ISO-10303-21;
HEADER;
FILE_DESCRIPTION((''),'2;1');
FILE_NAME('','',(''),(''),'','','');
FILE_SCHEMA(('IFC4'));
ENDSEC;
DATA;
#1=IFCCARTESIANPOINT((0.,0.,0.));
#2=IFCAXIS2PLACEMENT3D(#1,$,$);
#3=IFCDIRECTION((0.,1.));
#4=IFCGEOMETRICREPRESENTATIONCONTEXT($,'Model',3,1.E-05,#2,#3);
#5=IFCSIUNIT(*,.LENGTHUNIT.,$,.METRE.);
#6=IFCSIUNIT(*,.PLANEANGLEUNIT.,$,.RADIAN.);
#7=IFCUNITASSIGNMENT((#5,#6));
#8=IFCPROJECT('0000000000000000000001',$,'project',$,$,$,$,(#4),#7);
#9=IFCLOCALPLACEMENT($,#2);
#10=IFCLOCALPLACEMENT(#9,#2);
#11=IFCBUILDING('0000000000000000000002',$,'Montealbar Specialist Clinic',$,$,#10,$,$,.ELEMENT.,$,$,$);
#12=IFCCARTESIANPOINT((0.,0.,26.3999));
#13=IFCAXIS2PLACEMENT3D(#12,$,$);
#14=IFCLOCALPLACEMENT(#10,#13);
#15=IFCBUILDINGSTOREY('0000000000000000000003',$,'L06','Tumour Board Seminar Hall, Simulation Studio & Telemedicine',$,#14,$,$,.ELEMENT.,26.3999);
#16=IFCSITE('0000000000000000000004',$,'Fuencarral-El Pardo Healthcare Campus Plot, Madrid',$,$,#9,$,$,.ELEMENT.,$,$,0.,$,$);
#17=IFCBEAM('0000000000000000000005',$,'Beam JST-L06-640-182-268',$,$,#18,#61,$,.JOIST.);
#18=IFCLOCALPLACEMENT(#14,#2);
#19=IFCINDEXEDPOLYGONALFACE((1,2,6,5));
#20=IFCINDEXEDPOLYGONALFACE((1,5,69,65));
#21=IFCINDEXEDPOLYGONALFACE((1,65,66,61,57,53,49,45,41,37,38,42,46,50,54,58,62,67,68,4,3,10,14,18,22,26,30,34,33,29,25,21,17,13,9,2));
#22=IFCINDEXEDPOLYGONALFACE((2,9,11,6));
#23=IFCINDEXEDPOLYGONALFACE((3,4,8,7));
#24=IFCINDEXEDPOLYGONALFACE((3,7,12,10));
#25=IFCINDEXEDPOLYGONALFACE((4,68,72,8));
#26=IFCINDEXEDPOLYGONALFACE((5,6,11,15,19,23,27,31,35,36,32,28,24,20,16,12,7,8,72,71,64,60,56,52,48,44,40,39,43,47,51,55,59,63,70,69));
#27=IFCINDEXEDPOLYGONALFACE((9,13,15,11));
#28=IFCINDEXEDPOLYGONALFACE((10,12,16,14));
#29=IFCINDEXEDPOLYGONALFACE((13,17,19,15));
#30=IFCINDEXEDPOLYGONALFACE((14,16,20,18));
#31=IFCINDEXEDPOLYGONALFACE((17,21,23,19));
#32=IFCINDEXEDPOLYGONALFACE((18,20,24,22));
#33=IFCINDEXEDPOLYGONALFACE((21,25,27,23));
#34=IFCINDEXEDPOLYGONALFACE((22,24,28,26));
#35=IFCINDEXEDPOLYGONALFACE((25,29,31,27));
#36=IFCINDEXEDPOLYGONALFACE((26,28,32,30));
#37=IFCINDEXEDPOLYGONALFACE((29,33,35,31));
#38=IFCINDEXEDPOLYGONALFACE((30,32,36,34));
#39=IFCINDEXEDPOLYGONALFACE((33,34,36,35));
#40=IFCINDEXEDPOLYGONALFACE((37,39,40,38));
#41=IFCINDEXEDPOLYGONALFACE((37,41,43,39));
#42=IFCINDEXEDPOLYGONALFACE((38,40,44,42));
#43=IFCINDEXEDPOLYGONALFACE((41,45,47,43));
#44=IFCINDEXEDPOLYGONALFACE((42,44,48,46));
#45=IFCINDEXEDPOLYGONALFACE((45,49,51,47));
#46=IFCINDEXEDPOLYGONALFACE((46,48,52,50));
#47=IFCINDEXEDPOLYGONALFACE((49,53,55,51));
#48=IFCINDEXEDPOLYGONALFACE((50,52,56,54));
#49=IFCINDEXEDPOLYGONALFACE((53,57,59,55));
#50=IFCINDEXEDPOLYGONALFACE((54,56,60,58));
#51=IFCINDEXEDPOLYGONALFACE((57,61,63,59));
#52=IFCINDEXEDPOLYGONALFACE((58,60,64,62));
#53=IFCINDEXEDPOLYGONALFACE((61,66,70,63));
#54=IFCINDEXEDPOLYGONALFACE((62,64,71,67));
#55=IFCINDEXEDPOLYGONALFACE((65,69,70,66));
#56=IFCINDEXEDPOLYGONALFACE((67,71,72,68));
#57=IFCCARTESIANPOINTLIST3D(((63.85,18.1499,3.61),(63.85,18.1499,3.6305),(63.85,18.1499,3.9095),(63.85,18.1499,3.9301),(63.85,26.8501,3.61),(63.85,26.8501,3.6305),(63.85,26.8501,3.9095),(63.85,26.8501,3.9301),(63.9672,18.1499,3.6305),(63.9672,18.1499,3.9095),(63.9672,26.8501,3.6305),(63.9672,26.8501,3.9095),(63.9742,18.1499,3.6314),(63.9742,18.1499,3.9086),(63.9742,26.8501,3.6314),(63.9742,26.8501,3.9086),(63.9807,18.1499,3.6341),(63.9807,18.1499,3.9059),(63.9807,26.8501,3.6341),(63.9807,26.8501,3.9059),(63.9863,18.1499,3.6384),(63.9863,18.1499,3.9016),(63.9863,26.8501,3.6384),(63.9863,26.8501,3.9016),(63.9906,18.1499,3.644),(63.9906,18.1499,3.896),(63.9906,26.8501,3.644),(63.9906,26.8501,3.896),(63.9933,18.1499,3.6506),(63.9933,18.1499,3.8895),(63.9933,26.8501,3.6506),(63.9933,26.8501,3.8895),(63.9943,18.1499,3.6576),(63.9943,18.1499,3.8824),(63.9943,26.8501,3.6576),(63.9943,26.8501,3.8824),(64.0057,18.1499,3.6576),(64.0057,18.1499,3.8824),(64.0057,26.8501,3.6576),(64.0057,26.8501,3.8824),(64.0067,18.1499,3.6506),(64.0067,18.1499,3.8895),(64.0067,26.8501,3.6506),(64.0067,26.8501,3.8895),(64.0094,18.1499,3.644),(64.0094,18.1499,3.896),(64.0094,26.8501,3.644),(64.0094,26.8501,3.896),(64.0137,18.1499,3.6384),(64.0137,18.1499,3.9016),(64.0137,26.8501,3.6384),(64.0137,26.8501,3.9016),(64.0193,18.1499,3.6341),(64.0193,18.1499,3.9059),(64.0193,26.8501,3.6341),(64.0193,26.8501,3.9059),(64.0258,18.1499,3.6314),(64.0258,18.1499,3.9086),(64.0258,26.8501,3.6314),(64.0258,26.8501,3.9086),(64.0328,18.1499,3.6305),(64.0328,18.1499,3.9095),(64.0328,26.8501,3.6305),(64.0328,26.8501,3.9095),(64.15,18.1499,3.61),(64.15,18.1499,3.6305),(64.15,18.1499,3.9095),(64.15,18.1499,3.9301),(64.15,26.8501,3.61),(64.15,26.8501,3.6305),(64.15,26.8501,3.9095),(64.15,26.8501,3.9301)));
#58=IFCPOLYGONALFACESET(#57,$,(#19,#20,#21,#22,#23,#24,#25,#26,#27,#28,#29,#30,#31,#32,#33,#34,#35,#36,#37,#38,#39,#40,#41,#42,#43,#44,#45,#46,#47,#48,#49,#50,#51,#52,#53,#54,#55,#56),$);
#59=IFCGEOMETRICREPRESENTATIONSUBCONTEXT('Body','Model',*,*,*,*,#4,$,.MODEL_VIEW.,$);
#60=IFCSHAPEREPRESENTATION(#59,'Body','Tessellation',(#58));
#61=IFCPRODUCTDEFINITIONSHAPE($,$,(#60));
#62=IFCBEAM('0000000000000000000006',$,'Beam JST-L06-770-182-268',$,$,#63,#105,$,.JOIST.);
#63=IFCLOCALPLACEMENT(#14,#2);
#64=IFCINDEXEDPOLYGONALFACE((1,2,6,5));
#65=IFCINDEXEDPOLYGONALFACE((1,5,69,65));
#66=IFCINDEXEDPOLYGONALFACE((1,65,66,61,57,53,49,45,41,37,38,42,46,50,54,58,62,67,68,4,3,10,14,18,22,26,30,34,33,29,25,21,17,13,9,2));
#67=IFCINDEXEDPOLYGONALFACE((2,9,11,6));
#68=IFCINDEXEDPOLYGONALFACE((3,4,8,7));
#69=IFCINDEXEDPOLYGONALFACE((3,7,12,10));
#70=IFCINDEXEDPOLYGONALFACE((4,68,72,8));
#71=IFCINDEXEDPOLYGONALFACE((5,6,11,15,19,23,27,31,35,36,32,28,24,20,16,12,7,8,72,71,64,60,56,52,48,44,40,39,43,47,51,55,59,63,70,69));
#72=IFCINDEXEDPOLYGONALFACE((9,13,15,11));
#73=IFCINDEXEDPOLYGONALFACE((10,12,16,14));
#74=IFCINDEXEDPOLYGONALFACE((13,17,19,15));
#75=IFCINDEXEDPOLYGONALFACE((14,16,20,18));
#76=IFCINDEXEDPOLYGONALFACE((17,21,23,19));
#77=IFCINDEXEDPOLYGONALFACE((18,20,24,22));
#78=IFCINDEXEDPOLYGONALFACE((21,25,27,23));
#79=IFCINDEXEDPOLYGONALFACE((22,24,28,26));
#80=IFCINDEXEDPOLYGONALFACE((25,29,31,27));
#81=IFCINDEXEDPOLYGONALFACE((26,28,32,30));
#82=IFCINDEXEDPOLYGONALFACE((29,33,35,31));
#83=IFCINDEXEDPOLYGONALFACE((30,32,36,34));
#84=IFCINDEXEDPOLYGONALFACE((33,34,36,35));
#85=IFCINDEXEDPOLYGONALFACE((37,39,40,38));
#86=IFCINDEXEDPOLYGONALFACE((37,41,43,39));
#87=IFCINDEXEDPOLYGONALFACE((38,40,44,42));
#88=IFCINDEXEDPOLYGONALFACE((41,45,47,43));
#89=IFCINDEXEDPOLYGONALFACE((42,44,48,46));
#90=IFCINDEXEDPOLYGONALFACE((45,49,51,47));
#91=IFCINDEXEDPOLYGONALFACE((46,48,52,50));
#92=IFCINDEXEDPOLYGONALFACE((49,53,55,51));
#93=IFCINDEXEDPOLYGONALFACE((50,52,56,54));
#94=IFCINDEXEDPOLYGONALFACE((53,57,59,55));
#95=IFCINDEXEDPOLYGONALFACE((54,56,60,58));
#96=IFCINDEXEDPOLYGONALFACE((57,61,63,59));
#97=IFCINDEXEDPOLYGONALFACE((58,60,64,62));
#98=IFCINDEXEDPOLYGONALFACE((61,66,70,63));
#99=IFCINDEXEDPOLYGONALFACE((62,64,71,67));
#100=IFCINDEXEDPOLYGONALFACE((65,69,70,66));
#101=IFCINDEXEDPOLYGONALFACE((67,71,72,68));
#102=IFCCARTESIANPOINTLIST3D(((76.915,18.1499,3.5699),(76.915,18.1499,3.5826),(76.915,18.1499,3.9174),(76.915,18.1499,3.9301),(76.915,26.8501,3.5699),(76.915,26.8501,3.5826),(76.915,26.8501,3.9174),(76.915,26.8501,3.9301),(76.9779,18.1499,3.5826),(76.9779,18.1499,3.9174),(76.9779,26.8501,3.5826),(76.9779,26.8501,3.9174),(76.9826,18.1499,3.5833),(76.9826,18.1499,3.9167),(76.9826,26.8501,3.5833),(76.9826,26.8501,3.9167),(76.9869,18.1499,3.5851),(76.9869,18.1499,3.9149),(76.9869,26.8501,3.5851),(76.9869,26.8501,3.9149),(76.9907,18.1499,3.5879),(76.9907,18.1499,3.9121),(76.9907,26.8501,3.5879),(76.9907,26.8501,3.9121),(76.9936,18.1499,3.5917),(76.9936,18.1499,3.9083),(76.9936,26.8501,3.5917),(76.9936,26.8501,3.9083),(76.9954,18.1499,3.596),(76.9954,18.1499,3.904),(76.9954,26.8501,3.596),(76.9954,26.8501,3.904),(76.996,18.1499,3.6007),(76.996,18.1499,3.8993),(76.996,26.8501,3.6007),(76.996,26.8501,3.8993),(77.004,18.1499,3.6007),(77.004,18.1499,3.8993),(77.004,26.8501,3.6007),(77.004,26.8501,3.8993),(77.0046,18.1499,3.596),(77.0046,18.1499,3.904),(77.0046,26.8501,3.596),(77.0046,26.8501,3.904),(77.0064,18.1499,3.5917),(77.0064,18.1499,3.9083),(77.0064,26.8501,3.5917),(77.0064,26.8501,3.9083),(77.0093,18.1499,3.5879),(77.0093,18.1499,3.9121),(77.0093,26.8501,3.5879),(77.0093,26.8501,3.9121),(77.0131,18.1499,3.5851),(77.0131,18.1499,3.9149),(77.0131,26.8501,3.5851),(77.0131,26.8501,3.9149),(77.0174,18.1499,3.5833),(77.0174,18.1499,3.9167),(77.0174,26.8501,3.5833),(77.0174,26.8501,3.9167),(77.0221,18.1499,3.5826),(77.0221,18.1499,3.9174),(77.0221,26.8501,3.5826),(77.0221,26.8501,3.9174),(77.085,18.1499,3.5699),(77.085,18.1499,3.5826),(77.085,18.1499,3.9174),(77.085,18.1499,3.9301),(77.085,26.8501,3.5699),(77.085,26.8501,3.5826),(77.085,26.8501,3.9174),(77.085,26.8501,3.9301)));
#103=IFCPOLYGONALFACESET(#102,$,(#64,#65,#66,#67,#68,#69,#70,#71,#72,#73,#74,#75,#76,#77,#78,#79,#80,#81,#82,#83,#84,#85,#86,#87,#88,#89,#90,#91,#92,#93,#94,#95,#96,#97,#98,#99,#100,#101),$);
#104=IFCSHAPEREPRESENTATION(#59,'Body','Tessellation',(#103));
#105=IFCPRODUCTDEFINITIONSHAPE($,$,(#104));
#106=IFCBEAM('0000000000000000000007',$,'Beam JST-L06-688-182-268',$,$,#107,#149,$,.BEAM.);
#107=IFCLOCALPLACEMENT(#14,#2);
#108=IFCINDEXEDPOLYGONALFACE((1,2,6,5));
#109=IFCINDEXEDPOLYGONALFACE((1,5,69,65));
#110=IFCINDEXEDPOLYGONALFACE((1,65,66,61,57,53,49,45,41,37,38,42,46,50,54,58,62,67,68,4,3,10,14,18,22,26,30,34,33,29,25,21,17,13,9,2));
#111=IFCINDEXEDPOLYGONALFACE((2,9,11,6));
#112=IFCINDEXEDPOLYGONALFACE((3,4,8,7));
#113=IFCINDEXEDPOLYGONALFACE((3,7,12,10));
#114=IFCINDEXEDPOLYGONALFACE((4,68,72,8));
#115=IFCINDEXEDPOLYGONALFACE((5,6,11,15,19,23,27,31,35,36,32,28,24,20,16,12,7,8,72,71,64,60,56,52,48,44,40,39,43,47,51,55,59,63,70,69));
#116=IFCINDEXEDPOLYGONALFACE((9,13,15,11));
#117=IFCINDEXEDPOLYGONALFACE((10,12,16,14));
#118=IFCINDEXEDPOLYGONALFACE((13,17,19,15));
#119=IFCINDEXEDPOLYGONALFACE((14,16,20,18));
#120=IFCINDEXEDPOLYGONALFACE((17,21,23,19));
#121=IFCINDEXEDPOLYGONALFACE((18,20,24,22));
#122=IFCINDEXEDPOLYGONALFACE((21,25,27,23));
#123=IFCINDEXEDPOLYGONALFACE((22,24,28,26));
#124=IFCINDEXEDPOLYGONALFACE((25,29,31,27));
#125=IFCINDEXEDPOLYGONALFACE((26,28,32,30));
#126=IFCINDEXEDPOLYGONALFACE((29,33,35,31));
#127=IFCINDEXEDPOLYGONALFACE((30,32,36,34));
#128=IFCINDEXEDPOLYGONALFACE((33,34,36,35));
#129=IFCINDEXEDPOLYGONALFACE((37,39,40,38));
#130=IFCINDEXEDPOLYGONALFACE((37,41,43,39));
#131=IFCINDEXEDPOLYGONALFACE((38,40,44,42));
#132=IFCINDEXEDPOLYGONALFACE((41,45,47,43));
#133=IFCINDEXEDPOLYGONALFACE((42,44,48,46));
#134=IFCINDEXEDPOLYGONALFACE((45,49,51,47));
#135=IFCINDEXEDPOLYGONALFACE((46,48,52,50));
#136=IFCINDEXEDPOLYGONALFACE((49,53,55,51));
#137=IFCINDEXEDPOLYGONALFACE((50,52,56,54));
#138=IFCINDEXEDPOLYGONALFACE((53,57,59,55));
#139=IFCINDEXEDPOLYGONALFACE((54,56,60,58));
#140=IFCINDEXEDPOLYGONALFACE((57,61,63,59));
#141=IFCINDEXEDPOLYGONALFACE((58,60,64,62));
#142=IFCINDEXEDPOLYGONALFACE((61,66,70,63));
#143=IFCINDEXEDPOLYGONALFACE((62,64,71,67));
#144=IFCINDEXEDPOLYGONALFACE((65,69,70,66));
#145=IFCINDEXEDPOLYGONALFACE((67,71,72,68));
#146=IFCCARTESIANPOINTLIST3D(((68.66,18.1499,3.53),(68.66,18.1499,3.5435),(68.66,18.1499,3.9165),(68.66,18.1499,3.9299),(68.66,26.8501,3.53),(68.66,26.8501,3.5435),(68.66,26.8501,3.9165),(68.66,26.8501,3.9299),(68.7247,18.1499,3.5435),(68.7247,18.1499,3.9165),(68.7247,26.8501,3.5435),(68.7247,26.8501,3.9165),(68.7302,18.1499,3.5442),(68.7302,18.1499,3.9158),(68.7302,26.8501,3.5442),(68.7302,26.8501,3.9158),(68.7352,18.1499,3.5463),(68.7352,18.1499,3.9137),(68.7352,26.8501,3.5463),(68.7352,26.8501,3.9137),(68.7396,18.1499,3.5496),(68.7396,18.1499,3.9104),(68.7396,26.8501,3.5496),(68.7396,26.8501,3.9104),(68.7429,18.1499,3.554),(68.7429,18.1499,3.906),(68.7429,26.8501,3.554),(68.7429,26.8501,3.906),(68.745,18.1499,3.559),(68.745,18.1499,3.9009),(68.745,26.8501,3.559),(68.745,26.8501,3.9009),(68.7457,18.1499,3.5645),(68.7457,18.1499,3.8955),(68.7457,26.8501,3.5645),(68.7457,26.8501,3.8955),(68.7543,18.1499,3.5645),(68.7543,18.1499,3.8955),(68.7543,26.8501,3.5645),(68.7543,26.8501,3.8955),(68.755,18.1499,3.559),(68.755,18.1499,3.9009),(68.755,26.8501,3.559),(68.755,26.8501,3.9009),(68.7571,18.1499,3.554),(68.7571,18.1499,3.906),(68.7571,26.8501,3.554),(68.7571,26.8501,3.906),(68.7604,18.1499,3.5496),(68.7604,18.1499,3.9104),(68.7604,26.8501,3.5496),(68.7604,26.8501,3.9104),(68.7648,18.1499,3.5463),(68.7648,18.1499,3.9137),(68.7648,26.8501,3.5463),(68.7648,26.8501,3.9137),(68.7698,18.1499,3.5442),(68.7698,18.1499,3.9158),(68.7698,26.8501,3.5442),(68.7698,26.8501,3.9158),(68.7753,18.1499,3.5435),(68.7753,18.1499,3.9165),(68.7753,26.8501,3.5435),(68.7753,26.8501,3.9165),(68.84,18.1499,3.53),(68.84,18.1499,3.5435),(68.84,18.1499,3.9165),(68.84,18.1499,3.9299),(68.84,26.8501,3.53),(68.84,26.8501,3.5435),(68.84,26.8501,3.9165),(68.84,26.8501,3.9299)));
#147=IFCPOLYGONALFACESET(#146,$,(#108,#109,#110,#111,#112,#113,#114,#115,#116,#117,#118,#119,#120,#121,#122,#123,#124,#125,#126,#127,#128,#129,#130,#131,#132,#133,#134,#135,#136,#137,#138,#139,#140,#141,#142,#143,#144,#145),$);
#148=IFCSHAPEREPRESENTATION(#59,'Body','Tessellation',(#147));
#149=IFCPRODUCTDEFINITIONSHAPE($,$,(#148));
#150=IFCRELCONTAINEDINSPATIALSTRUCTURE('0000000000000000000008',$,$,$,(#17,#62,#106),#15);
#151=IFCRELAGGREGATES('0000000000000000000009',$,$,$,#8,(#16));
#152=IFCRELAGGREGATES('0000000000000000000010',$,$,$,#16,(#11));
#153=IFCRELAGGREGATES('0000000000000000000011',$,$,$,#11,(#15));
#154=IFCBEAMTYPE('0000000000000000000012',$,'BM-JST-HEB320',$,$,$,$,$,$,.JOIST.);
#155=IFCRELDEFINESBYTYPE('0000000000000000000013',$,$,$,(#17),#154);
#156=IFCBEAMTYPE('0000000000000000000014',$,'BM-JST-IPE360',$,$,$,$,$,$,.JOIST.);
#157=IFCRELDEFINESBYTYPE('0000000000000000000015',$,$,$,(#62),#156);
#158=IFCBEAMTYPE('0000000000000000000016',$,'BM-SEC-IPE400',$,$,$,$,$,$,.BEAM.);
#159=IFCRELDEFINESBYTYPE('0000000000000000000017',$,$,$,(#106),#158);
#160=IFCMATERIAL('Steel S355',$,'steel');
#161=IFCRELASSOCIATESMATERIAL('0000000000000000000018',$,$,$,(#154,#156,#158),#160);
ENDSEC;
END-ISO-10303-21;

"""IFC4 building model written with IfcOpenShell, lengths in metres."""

from ifc_helpers import new_model, si_unit, direction, frame, origin, origin_2d, place, context, subcontext, project, spatial, i_section, extrude, material, material_profile, profile_set, type_object, element, save


model = new_model("IFC4")

# Units and contexts
model_context = context("Model", 3, precision=1e-05, world=origin(), true_north=direction((0.0, 1.0)))
body_context = subcontext(model_context, "Body", "Model", "MODEL_VIEW")
ifc_project = project(units=[si_unit("LENGTHUNIT", "METRE"), si_unit("PLANEANGLEUNIT", "RADIAN")], contexts=[model_context])

# Site, building, storey
site_placement = place(None, origin())
site = spatial("IfcSite", under=ifc_project, at=site_placement, Name="Fuencarral-El Pardo Healthcare Campus Plot, Madrid", CompositionType="ELEMENT", RefElevation=0.0)
building_placement = place(site_placement, origin())
building = spatial("IfcBuilding", under=site, at=building_placement, Name="Montealbar Specialist Clinic", CompositionType="ELEMENT")
storey_placement = place(building_placement, frame((0.0, 0.0, 26.3999)))
storey = spatial("IfcBuildingStorey", under=building, at=storey_placement, Name="L06", Description="Tumour Board Seminar Hall, Simulation Studio & Telemedicine", CompositionType="ELEMENT", Elevation=26.3999)

# Shared definitions
ifc_material_1 = material(Name="Steel S355", Category="steel")

# Beams
ifc_material_profile_1 = material_profile(ifc_material_1, i_section(OverallWidth=0.3, OverallDepth=0.3201, WebThickness=0.0115, FlangeThickness=0.0205, FilletRadius=0.0271, at=origin_2d()), Name="HEB 320", Category="steel")
ifc_profile_set_1 = profile_set([ifc_material_profile_1], Name="Steel S355")
beam_type_1 = type_object("IfcBeamType", Name="BM-JST-HEB320", PredefinedType="JOIST", material=ifc_profile_set_1)
beam_1_placement = place(storey_placement, frame((64.0, 18.1499, 3.77), z_axis=(0.0, 1.0, 0.0), x_axis=(-1.0, 0.0, 0.0)))
element("IfcBeam", 1, at=beam_1_placement, inside=storey, type_object=beam_type_1, Name="Beam JST-L06-640-182-268", PredefinedType="JOIST", context=body_context, shape_type="SweptSolid", body=[
    extrude(i_section(OverallWidth=0.3, OverallDepth=0.3201, WebThickness=0.0115, FlangeThickness=0.0205, FilletRadius=0.0271, at=origin_2d()), origin(), (0.0, 0.0, 1.0), 8.7002),
])
ifc_material_profile_2 = material_profile(ifc_material_1, i_section(OverallWidth=0.1699, OverallDepth=0.3601, WebThickness=0.0081, FlangeThickness=0.0127, FilletRadius=0.0181, at=origin_2d()), Name="IPE 360", Category="steel")
ifc_profile_set_2 = profile_set([ifc_material_profile_2], Name="Steel S355")
beam_type_2 = type_object("IfcBeamType", Name="BM-JST-IPE360", PredefinedType="JOIST", material=ifc_profile_set_2)
beam_2_placement = place(storey_placement, frame((77.0, 18.1499, 3.75), z_axis=(0.0, 1.0, 0.0), x_axis=(-1.0, 0.0, 0.0)))
element("IfcBeam", 2, at=beam_2_placement, inside=storey, type_object=beam_type_2, Name="Beam JST-L06-770-182-268", PredefinedType="JOIST", context=body_context, shape_type="SweptSolid", body=[
    extrude(i_section(OverallWidth=0.1699, OverallDepth=0.3601, WebThickness=0.0081, FlangeThickness=0.0127, FilletRadius=0.0181, at=origin_2d()), origin(), (0.0, 0.0, 1.0), 8.7002),
])
ifc_material_profile_3 = material_profile(ifc_material_1, i_section(OverallWidth=0.1799, OverallDepth=0.3999, WebThickness=0.0085, FlangeThickness=0.0134, FilletRadius=0.021, at=origin_2d()), Name="IPE 400", Category="steel")
ifc_profile_set_3 = profile_set([ifc_material_profile_3], Name="Steel S355")
beam_type_3 = type_object("IfcBeamType", Name="BM-SEC-IPE400", PredefinedType="BEAM", material=ifc_profile_set_3)
beam_3_placement = place(storey_placement, frame((68.75, 18.1499, 3.73), z_axis=(0.0, 1.0, 0.0), x_axis=(-1.0, 0.0, 0.0)))
element("IfcBeam", 3, at=beam_3_placement, inside=storey, type_object=beam_type_3, Name="Beam JST-L06-688-182-268", PredefinedType="BEAM", context=body_context, shape_type="SweptSolid", body=[
    extrude(i_section(OverallWidth=0.1799, OverallDepth=0.3999, WebThickness=0.0085, FlangeThickness=0.0134, FilletRadius=0.021, at=origin_2d()), origin(), (0.0, 0.0, 1.0), 8.7002),
])

save(model, "model.ifc")
